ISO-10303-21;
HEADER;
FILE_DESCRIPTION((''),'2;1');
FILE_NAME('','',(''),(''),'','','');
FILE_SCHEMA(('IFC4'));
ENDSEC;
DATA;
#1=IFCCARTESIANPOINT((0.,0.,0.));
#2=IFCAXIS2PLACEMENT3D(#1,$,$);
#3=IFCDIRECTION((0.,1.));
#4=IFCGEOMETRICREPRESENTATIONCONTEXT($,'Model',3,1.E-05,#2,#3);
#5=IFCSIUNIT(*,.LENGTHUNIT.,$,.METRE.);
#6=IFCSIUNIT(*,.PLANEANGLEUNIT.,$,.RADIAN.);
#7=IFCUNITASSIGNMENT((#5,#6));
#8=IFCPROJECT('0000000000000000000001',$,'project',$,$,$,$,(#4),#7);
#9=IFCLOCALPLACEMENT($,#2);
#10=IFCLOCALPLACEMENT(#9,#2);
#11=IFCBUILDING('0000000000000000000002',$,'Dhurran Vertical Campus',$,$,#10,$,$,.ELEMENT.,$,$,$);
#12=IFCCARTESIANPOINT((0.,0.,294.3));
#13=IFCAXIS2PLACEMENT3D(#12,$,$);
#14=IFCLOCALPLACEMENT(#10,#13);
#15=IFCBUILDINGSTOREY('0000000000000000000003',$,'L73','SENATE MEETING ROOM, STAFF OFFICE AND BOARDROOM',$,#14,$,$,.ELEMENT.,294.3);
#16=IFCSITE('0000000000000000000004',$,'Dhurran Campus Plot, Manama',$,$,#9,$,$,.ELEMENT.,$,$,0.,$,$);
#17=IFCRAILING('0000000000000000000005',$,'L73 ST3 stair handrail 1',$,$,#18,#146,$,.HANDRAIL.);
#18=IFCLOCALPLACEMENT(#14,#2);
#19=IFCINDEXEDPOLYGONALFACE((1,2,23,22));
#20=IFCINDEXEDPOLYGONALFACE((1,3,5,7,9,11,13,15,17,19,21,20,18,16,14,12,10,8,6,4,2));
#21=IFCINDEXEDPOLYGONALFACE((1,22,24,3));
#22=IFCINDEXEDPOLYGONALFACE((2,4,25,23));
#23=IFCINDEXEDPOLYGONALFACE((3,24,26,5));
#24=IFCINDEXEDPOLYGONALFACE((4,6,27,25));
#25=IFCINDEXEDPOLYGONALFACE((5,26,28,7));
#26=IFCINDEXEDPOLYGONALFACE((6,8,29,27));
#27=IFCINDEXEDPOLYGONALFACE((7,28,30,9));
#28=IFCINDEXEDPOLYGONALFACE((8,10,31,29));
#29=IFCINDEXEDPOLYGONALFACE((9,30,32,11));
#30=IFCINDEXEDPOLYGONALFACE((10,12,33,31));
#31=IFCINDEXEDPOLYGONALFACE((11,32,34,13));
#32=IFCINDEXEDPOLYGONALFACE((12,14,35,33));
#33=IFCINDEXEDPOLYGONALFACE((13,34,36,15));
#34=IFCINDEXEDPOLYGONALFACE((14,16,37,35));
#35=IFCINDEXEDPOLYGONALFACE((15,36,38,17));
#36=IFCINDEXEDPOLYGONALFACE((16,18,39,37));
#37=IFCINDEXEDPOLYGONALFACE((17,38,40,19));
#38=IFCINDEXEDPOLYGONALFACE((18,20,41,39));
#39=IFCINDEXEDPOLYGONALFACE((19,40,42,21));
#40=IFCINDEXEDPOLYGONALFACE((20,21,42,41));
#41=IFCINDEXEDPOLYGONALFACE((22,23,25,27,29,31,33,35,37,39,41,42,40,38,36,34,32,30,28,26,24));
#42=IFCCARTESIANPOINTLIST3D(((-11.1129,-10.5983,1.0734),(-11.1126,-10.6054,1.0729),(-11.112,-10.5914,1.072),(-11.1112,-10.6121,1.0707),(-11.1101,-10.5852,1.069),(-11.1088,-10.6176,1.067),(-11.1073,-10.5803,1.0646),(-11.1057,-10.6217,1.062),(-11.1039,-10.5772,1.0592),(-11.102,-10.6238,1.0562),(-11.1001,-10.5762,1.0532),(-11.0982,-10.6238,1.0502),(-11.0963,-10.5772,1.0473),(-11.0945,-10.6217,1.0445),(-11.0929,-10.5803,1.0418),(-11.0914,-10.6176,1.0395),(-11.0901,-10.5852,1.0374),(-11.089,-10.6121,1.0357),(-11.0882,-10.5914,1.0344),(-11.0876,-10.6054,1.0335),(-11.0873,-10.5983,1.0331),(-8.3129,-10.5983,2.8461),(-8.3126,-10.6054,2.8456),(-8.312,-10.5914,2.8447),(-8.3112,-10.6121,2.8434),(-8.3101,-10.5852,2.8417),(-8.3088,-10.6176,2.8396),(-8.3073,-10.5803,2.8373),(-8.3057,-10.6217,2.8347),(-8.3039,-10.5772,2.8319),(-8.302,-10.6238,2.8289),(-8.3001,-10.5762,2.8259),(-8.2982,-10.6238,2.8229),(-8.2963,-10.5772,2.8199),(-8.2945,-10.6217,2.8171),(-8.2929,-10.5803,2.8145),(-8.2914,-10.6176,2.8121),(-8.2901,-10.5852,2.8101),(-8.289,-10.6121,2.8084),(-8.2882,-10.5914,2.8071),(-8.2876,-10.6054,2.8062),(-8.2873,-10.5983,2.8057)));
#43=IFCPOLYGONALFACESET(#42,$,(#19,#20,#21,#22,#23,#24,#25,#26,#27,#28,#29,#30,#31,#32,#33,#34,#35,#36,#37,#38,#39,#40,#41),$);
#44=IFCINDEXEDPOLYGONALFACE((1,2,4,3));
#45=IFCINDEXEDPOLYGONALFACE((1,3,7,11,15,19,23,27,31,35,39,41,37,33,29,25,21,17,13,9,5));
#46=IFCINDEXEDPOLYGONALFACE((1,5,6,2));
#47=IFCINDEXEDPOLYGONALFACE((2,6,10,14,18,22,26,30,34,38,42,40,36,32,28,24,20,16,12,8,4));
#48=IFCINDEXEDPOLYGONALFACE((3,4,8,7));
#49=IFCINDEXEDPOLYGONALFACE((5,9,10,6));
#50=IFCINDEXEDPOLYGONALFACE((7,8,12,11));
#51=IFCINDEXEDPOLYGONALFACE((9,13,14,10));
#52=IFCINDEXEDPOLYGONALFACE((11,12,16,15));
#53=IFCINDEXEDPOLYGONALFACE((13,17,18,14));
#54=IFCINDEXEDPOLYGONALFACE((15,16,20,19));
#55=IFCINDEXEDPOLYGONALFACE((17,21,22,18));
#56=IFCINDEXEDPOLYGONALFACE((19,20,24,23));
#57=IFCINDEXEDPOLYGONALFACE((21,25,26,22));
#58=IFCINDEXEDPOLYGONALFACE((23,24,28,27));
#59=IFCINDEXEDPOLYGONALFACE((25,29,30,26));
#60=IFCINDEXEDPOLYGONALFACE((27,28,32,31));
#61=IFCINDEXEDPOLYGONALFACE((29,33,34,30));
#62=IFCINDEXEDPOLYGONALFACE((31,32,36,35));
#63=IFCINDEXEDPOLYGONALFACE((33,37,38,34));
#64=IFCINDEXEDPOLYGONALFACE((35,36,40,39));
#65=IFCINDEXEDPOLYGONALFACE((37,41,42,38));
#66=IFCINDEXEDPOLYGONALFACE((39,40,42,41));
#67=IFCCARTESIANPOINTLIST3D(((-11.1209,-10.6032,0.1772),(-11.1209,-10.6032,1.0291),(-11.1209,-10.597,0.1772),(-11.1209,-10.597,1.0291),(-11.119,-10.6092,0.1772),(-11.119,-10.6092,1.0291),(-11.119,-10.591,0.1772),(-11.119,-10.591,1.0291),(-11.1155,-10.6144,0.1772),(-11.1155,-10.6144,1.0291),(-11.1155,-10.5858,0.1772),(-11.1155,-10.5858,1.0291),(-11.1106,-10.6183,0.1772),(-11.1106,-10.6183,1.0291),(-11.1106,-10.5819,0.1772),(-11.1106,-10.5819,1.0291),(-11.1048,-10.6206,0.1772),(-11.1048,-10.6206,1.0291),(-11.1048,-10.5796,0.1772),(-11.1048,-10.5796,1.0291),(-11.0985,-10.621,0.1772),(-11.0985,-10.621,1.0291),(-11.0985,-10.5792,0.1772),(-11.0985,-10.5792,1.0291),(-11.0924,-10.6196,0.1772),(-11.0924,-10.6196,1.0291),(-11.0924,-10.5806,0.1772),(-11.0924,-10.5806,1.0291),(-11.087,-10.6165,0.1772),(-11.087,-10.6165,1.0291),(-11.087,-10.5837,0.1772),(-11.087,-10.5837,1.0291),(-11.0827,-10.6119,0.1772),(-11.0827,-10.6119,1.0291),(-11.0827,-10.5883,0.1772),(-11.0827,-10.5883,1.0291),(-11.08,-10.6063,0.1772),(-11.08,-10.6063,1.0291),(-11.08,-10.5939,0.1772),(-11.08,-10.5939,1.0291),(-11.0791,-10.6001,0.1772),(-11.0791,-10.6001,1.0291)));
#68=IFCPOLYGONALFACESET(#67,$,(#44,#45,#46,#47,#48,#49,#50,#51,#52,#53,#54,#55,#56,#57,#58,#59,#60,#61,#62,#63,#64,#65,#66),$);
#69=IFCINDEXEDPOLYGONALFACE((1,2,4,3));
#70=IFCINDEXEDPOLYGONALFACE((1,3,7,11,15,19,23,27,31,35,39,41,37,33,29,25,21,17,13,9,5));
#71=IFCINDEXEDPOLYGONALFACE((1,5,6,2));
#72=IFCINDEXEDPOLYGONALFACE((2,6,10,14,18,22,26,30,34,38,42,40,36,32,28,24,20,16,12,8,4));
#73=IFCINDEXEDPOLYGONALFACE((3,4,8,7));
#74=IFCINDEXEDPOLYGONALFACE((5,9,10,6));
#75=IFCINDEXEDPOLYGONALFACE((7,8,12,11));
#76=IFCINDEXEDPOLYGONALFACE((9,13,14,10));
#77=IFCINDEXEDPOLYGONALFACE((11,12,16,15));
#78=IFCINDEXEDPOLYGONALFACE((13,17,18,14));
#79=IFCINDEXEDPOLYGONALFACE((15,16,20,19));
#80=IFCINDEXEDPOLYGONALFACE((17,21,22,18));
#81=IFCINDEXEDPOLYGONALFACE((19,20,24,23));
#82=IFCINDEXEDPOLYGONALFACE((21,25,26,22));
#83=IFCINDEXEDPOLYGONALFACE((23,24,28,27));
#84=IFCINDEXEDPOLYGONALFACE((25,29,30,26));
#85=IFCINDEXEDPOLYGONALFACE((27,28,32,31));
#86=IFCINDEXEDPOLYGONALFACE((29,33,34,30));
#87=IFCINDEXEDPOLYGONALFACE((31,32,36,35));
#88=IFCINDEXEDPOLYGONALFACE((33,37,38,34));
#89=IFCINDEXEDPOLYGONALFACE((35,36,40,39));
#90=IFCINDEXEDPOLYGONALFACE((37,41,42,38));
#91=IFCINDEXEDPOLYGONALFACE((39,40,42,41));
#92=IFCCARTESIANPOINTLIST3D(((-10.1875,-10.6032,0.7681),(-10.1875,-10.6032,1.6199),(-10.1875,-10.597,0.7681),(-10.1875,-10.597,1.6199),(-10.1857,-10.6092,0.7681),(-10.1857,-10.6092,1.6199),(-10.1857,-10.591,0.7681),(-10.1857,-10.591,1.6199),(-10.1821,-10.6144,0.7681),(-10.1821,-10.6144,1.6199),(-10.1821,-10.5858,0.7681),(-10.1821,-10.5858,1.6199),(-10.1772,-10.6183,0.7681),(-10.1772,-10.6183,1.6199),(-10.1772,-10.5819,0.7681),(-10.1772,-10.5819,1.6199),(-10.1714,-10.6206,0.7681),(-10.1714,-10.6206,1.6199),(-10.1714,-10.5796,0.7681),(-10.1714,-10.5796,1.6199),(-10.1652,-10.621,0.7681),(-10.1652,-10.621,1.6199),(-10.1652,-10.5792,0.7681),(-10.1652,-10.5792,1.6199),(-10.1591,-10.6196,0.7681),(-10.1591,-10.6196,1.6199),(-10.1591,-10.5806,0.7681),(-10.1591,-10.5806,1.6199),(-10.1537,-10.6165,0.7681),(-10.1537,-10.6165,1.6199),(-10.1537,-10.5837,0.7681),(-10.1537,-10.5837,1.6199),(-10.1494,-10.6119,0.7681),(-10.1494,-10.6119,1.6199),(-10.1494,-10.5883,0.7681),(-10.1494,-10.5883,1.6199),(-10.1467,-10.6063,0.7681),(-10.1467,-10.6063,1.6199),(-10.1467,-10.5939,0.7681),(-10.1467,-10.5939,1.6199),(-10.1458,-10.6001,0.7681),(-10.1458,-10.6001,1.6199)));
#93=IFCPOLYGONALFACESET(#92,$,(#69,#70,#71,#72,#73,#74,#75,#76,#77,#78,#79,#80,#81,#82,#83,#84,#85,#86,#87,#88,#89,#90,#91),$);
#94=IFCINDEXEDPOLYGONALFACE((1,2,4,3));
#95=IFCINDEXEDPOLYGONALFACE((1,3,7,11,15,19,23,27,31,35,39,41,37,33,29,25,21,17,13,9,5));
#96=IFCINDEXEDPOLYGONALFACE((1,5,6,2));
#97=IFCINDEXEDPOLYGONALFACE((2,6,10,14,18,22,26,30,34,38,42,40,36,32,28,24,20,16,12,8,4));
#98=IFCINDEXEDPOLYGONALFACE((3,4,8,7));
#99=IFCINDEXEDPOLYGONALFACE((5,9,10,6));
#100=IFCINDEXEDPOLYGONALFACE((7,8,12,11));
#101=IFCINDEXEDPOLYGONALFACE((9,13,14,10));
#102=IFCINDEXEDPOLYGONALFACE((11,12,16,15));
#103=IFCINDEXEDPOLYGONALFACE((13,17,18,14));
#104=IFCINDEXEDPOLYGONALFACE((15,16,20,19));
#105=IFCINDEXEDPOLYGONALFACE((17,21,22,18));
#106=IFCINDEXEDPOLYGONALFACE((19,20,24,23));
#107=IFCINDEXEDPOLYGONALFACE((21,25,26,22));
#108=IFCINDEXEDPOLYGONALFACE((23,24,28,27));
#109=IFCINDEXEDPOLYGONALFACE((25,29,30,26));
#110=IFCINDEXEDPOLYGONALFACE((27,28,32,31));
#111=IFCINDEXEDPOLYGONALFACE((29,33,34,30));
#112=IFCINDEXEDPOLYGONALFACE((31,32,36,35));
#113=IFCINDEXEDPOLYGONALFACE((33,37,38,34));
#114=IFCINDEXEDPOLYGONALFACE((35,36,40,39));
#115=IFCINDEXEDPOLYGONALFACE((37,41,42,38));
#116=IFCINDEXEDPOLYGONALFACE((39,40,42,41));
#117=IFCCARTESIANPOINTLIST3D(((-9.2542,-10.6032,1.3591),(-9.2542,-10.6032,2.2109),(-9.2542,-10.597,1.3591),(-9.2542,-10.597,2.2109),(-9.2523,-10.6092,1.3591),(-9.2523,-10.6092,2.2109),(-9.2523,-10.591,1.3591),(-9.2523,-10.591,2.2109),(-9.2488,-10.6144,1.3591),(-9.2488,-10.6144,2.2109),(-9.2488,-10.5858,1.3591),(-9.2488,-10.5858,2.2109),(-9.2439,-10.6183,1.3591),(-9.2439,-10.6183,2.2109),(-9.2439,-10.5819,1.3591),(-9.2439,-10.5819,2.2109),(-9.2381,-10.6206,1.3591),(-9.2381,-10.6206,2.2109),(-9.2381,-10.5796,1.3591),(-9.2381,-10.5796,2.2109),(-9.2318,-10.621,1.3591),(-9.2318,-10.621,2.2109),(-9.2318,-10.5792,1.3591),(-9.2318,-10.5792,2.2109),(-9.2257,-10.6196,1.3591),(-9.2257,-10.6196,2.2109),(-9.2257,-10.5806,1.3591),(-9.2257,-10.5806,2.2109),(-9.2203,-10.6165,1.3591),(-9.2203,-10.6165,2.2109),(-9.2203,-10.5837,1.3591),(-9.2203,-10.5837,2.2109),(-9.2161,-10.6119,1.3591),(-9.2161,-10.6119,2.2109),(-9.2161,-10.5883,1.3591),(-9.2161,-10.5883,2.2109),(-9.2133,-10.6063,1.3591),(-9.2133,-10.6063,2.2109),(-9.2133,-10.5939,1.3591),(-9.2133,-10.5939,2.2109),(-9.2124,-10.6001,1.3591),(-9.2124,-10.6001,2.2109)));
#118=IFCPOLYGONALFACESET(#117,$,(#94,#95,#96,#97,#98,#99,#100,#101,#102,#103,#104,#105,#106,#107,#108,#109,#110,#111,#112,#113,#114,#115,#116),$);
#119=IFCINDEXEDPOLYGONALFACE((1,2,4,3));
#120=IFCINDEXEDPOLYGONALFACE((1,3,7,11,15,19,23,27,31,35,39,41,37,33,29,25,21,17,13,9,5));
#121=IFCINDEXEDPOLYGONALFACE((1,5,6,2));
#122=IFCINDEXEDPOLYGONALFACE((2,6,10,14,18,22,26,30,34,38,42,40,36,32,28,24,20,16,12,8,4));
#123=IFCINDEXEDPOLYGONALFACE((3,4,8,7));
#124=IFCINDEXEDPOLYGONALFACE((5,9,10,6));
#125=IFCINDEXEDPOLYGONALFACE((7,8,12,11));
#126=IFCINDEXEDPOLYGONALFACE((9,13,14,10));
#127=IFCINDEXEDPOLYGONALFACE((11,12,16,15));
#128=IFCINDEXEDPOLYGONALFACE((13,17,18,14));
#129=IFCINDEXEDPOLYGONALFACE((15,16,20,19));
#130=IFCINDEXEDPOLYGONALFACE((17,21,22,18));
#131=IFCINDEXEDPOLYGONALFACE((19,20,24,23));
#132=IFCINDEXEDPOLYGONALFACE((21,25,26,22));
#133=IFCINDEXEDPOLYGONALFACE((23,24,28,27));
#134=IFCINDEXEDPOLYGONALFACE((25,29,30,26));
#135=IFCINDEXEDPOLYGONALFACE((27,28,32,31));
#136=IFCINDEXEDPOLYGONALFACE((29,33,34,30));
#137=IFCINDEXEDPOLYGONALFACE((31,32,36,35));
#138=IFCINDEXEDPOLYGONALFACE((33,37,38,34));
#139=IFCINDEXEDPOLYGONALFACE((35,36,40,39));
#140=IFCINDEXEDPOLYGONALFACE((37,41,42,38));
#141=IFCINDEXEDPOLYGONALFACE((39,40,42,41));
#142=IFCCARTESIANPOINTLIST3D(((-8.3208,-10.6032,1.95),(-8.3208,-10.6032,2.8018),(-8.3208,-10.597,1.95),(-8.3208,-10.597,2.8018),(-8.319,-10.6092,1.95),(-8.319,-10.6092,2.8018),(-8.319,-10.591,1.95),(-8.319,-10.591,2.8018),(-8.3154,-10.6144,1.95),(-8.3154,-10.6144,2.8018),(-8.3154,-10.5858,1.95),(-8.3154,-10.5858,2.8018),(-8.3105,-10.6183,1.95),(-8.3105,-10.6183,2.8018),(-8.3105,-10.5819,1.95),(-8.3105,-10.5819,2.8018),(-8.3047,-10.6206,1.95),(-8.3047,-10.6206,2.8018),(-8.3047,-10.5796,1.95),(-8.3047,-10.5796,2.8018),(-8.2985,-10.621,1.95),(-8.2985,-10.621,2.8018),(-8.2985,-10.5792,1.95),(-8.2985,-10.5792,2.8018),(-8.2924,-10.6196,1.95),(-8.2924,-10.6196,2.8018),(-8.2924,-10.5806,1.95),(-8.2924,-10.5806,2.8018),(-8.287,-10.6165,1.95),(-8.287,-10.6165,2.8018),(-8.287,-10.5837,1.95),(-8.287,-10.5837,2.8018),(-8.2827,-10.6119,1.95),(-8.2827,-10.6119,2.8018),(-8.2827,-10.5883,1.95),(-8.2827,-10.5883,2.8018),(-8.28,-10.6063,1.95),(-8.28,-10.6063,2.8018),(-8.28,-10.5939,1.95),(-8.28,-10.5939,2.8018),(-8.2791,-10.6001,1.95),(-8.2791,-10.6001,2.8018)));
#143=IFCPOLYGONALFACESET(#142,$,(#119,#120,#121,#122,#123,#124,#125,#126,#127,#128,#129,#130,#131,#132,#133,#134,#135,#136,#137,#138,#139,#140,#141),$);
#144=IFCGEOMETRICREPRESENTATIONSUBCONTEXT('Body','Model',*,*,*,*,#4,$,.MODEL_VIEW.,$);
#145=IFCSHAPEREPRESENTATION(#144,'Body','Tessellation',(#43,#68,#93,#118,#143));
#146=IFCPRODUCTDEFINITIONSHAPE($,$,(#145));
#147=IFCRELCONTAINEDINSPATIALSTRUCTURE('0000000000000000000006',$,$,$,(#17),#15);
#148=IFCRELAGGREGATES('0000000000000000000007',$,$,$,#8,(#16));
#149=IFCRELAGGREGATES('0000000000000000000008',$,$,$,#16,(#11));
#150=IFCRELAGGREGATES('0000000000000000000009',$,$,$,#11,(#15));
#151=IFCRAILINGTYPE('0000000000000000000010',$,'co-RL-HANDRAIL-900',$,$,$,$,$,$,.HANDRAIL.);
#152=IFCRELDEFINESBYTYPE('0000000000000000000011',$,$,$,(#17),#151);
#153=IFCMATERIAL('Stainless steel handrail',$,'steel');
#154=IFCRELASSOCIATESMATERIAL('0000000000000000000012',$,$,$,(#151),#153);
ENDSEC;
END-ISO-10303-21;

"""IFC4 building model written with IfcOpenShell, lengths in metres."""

from ifc_helpers import new_model, si_unit, direction, frame, origin, origin_2d, place, context, subcontext, project, spatial, circle, extrude, material, type_object, element, save


model = new_model("IFC4")

# Units and contexts
model_context = context("Model", 3, precision=1e-05, world=origin(), true_north=direction((0.0, 1.0)))
body_context = subcontext(model_context, "Body", "Model", "MODEL_VIEW")
ifc_project = project(units=[si_unit("LENGTHUNIT", "METRE"), si_unit("PLANEANGLEUNIT", "RADIAN")], contexts=[model_context])

# Site, building, storey
site_placement = place(None, origin())
site = spatial("IfcSite", under=ifc_project, at=site_placement, Name="Dhurran Campus Plot, Manama", CompositionType="ELEMENT", RefElevation=0.0)
building_placement = place(site_placement, origin())
building = spatial("IfcBuilding", under=site, at=building_placement, Name="Dhurran Vertical Campus", CompositionType="ELEMENT")
storey_placement = place(building_placement, frame((0.0, 0.0, 294.3)))
storey = spatial("IfcBuildingStorey", under=building, at=storey_placement, Name="L73", Description="SENATE MEETING ROOM, STAFF OFFICE AND BOARDROOM", CompositionType="ELEMENT", Elevation=294.3)

# Railing
ifc_material_1 = material(Name="Stainless steel handrail", Category="steel")
railing_type_1 = type_object("IfcRailingType", Name="co-RL-HANDRAIL-900", PredefinedType="HANDRAIL", material=ifc_material_1)
railing_1_placement = place(storey_placement, frame((-11.1001, -10.6001, 0.1772)))
element("IfcRailing", 1, at=railing_1_placement, inside=storey, type_object=railing_type_1, Name="L73 ST3 stair handrail 1", PredefinedType="HANDRAIL", context=body_context, shape_type="SweptSolid", body=[
    extrude(circle(Radius=0.0239, at=origin_2d()), frame((0.0, 0.0, 0.876), z_axis=(0.844909, 0.0, 0.53491), x_axis=(0.0, 1.0, 0.0)), (0.0, 0.0, 1.0), 3.314),
    extrude(circle(Radius=0.021, at=origin_2d()), origin(), (0.0, 0.0, 1.0), 0.8518),
    extrude(circle(Radius=0.021, at=origin_2d()), frame((0.9333, 0.0, 0.5908)), (0.0, 0.0, 1.0), 0.8518),
    extrude(circle(Radius=0.021, at=origin_2d()), frame((1.8667, 0.0, 1.1819)), (0.0, 0.0, 1.0), 0.8518),
    extrude(circle(Radius=0.021, at=origin_2d()), frame((2.8, 0.0, 1.7727)), (0.0, 0.0, 1.0), 0.8518),
])

save(model, "model.ifc")
